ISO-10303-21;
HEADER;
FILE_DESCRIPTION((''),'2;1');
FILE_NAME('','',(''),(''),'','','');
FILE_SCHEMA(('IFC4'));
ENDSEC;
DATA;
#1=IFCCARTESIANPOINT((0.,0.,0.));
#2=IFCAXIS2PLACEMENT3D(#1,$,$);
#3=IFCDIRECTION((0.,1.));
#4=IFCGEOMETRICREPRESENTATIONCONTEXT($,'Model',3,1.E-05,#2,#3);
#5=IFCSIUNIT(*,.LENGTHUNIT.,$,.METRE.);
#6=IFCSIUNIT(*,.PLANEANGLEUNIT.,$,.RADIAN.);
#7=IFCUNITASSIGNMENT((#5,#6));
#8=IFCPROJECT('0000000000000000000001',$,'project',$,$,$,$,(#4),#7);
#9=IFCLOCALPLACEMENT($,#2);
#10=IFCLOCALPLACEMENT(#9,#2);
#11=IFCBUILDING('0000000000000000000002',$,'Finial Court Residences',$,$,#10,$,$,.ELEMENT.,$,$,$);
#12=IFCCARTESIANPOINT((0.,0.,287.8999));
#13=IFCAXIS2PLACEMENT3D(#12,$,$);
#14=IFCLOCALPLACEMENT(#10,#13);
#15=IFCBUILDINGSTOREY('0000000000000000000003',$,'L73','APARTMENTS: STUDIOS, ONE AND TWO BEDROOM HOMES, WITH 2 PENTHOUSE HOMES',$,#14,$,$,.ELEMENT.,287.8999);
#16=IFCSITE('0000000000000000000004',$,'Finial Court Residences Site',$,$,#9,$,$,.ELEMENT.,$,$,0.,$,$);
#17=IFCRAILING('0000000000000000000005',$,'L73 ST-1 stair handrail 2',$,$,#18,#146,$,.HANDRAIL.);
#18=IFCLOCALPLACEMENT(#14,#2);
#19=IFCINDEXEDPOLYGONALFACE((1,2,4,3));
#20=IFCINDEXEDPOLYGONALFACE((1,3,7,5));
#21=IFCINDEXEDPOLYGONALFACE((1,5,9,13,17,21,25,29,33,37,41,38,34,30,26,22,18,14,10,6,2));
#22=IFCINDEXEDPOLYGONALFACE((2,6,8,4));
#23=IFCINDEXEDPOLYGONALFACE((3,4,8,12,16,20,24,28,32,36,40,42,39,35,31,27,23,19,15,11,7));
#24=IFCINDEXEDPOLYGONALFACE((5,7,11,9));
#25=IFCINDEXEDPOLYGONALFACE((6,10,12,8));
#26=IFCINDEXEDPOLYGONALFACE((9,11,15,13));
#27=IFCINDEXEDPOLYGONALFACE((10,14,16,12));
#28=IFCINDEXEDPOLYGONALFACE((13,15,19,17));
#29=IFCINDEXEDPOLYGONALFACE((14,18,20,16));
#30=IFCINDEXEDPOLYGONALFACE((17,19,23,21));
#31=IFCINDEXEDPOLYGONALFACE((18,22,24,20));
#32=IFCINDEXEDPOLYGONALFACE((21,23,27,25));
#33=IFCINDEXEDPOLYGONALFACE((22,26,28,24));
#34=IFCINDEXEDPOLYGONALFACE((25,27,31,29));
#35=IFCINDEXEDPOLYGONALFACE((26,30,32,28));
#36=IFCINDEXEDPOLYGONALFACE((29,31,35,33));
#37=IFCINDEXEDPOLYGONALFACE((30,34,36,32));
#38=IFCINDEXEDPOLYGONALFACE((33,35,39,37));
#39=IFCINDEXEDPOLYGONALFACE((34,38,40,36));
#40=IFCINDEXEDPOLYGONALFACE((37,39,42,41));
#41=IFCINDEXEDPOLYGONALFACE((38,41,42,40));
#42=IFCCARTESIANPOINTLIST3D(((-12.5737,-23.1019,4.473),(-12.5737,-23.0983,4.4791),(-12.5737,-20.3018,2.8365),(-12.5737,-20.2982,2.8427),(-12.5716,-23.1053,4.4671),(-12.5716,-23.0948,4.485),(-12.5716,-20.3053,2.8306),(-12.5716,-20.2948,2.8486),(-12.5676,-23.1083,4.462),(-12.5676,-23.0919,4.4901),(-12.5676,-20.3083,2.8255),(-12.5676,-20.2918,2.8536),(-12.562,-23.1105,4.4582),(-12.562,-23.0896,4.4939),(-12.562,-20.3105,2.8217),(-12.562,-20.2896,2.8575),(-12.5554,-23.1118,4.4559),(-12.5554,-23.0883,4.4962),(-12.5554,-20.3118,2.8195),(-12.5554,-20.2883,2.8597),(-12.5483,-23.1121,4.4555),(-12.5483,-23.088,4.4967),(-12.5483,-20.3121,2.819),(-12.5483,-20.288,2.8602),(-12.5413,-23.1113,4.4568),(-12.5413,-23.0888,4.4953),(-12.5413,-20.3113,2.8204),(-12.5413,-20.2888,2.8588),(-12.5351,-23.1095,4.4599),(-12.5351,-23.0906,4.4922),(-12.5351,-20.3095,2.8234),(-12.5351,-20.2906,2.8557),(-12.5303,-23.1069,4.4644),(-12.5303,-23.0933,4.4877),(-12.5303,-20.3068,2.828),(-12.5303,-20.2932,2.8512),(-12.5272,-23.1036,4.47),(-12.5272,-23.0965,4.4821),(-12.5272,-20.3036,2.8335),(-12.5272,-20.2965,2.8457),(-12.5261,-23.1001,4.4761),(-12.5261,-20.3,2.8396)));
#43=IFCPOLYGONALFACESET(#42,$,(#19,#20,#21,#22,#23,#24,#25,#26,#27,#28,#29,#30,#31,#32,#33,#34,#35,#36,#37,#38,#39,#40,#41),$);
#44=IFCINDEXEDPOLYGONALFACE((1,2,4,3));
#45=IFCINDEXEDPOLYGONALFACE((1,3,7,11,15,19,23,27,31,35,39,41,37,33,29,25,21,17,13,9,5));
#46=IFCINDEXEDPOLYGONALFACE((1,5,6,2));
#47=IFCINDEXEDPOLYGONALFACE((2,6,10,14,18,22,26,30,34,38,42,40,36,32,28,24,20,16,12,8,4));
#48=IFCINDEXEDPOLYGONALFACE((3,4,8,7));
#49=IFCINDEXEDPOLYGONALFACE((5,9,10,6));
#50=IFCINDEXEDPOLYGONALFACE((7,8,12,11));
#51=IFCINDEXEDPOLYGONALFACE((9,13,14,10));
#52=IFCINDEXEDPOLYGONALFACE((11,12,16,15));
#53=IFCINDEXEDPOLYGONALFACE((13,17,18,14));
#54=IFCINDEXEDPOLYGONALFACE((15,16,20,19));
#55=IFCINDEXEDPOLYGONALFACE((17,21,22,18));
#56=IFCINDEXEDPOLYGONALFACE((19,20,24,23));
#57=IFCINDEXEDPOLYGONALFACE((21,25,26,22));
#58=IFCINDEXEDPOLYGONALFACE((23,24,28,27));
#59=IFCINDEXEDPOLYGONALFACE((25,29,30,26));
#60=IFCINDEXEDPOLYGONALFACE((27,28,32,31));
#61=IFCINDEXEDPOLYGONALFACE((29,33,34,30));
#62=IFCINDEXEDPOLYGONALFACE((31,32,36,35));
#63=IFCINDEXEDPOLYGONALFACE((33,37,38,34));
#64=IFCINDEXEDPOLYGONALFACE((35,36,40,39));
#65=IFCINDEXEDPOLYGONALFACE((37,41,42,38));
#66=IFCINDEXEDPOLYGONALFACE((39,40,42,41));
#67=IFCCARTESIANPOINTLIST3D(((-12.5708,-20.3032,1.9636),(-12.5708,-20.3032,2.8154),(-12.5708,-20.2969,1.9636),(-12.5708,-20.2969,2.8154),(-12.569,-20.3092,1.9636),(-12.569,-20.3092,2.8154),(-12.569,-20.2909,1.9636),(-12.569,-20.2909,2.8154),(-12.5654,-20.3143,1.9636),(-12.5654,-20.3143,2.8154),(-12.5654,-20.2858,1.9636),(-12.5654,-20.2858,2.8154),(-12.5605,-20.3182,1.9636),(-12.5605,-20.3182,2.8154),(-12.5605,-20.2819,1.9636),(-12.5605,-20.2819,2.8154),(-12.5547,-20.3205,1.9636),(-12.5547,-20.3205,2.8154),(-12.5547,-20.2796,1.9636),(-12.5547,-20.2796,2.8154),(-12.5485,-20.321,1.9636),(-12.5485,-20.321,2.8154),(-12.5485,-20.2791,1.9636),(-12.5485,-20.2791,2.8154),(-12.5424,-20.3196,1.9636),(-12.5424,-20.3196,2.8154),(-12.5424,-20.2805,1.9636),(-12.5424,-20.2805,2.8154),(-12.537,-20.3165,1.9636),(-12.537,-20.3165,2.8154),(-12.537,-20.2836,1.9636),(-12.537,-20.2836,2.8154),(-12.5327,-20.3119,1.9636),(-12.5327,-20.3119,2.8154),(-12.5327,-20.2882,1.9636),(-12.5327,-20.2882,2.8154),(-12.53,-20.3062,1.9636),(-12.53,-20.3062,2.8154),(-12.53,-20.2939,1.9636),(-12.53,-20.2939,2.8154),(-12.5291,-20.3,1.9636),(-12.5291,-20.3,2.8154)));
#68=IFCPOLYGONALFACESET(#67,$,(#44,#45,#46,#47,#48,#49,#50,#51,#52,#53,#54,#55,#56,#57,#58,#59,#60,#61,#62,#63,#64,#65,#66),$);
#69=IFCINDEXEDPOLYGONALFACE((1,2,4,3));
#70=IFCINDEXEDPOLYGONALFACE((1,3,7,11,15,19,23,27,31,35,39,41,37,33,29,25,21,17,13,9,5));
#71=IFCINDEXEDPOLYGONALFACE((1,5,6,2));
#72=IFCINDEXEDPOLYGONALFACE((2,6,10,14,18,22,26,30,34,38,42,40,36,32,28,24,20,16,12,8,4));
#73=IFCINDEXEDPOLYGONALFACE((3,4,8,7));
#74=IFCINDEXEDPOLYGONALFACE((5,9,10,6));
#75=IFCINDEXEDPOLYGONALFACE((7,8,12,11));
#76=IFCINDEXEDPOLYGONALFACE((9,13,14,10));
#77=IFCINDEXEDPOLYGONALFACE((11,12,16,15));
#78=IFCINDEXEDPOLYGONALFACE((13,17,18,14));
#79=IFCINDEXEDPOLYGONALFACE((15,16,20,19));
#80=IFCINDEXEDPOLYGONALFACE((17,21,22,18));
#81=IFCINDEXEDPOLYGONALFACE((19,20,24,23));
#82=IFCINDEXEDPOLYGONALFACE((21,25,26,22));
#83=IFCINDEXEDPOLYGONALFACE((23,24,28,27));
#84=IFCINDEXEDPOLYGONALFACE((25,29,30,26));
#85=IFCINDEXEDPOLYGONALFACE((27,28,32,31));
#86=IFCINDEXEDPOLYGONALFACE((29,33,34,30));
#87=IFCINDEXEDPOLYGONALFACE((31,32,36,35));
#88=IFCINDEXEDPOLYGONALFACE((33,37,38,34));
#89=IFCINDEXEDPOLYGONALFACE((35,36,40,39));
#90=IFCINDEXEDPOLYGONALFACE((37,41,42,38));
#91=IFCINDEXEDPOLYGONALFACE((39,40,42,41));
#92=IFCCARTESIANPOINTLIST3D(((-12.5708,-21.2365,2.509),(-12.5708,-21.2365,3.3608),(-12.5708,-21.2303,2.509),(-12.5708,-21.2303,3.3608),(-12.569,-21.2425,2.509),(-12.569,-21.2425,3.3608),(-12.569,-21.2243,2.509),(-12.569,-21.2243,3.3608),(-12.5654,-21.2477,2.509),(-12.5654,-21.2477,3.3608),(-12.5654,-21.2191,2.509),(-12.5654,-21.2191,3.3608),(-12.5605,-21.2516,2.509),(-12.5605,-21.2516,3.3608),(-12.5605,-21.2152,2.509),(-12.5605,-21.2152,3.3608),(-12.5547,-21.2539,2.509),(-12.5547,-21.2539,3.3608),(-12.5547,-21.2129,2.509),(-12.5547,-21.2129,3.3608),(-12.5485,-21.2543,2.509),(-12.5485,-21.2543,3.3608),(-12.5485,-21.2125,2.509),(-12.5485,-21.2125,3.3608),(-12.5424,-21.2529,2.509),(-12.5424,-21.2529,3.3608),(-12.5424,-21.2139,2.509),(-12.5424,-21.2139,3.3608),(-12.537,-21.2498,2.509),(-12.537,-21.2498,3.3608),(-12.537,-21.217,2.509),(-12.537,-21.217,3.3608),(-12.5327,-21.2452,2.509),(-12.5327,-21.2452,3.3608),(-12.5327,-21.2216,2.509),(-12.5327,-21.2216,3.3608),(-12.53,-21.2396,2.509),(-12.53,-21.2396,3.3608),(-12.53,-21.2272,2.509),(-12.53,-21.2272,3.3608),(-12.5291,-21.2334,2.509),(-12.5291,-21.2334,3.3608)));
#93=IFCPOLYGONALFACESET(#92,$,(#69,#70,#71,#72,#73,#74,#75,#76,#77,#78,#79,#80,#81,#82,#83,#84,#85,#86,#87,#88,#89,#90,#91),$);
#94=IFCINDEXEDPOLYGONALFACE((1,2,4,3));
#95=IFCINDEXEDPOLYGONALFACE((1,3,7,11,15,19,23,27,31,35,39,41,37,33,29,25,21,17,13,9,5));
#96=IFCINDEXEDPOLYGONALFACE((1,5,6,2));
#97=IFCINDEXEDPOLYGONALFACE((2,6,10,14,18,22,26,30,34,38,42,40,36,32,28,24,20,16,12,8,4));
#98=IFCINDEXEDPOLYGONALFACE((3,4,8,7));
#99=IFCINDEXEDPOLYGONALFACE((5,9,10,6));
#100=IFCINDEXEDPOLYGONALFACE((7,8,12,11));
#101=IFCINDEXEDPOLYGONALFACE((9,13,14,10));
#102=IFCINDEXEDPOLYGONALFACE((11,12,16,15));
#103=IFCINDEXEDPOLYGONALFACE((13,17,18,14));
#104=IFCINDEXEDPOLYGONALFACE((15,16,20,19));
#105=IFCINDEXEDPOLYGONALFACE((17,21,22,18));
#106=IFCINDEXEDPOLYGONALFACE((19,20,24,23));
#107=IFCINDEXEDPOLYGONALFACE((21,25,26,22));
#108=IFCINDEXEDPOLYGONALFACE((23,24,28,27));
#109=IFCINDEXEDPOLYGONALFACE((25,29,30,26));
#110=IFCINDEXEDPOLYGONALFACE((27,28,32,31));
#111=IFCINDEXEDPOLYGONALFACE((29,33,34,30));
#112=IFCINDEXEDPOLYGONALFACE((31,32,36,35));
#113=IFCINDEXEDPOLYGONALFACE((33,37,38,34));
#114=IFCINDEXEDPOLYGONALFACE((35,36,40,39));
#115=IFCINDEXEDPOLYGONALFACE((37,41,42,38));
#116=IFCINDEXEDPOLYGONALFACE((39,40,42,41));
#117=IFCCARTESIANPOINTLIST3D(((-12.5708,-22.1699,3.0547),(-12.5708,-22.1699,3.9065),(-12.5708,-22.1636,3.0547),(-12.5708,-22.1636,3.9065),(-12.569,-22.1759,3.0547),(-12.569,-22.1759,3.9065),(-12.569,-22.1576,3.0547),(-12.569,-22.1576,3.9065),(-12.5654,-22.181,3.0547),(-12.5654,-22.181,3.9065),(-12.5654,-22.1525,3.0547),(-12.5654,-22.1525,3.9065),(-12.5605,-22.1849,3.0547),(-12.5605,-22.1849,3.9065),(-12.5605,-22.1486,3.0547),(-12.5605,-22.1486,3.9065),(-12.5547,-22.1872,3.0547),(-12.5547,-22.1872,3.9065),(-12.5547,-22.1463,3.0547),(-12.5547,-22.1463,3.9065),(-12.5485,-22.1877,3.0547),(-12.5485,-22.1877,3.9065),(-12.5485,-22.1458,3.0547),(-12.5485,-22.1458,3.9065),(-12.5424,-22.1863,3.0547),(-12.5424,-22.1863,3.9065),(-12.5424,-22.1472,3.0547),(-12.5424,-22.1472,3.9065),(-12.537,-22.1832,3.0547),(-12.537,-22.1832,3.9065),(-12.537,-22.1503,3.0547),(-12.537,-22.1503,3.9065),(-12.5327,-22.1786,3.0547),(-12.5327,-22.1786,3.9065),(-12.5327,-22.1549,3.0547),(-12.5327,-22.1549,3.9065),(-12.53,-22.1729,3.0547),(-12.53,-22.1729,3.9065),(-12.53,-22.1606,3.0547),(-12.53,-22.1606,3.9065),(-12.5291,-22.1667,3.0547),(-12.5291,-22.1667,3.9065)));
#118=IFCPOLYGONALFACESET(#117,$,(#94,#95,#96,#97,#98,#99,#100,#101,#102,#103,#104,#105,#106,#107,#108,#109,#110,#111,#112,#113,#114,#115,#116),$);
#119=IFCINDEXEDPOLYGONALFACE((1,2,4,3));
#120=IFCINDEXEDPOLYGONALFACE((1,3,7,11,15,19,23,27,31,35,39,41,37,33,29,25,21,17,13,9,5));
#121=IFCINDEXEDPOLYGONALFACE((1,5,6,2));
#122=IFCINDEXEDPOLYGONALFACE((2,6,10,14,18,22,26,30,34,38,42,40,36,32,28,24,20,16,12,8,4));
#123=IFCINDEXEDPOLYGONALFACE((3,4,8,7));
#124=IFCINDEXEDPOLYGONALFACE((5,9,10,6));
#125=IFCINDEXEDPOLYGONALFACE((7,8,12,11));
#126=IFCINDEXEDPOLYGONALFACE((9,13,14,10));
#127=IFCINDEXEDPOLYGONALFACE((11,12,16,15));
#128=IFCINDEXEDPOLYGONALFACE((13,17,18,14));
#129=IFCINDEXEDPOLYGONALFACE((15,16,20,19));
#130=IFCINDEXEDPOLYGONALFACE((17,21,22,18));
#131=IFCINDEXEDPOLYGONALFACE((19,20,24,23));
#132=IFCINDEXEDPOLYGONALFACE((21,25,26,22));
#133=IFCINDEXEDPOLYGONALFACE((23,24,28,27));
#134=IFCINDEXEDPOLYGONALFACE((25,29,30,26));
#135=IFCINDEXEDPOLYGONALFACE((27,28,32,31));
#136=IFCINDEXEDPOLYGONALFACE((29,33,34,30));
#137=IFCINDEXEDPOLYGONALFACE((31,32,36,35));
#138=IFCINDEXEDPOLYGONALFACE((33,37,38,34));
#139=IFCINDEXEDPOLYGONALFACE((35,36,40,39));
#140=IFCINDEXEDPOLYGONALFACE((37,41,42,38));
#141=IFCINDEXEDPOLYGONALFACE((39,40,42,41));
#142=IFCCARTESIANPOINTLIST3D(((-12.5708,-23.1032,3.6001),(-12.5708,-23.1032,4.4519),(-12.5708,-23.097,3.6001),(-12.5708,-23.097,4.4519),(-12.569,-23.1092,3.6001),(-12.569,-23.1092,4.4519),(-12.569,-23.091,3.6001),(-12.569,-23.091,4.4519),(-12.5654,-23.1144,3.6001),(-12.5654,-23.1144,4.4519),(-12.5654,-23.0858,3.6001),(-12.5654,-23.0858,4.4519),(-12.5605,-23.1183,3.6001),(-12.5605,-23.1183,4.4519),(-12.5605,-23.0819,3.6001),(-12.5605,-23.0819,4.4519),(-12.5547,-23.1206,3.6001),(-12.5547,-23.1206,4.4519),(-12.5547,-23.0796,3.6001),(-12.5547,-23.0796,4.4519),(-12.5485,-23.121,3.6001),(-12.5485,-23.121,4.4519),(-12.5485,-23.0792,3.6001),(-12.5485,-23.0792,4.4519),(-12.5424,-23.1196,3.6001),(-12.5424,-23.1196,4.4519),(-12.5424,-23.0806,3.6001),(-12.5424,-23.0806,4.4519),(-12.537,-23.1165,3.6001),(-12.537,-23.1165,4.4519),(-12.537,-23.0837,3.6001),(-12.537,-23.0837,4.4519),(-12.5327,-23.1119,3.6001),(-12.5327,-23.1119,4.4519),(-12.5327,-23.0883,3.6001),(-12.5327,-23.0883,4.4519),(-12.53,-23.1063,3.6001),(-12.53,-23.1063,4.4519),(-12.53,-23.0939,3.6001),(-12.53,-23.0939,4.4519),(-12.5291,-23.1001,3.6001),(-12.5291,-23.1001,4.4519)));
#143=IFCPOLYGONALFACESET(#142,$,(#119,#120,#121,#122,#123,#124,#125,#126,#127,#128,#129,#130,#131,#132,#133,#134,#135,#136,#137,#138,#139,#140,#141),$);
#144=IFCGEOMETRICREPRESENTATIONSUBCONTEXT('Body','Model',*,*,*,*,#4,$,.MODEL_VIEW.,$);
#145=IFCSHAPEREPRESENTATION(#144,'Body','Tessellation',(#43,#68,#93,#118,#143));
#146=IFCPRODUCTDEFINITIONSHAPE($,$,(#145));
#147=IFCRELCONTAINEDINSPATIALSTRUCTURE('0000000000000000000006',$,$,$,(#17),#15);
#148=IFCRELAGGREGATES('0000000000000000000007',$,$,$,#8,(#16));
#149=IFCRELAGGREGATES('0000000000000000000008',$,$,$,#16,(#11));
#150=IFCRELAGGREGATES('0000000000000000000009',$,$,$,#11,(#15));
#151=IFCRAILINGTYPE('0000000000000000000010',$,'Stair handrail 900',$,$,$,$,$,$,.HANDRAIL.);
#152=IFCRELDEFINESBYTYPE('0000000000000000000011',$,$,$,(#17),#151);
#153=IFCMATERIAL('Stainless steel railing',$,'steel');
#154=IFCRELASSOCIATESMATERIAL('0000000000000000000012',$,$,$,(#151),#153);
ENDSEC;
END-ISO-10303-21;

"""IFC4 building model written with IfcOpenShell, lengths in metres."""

from ifc_helpers import new_model, si_unit, direction, frame, origin, origin_2d, place, context, subcontext, project, spatial, circle, extrude, material, type_object, element, save


model = new_model("IFC4")

# Units and contexts
model_context = context("Model", 3, precision=1e-05, world=origin(), true_north=direction((0.0, 1.0)))
body_context = subcontext(model_context, "Body", "Model", "MODEL_VIEW")
ifc_project = project(units=[si_unit("LENGTHUNIT", "METRE"), si_unit("PLANEANGLEUNIT", "RADIAN")], contexts=[model_context])

# Site, building, storey
site_placement = place(None, origin())
site = spatial("IfcSite", under=ifc_project, at=site_placement, Name="Finial Court Residences Site", CompositionType="ELEMENT", RefElevation=0.0)
building_placement = place(site_placement, origin())
building = spatial("IfcBuilding", under=site, at=building_placement, Name="Finial Court Residences", CompositionType="ELEMENT")
storey_placement = place(building_placement, frame((0.0, 0.0, 287.8999)))
storey = spatial("IfcBuildingStorey", under=building, at=storey_placement, Name="L73", Description="APARTMENTS: STUDIOS, ONE AND TWO BEDROOM HOMES, WITH 2 PENTHOUSE HOMES", CompositionType="ELEMENT", Elevation=287.8999)

# Railing
ifc_material_1 = material(Name="Stainless steel railing", Category="steel")
railing_type_1 = type_object("IfcRailingType", Name="Stair handrail 900", PredefinedType="HANDRAIL", material=ifc_material_1)
railing_1_placement = place(storey_placement, frame((-12.55, -20.3, 1.9636)))
element("IfcRailing", 1, at=railing_1_placement, inside=storey, type_object=railing_type_1, Name="L73 ST-1 stair handrail 2", PredefinedType="HANDRAIL", context=body_context, shape_type="SweptSolid", body=[
    extrude(circle(Radius=0.0239, at=origin_2d()), frame((0.0, 0.0, 0.876), z_axis=(0.0, -0.863361, 0.504587), x_axis=(1.0, 0.0, 0.0)), (0.0, 0.0, 1.0), 3.2432),
    extrude(circle(Radius=0.021, at=origin_2d()), origin(), (0.0, 0.0, 1.0), 0.8518),
    extrude(circle(Radius=0.021, at=origin_2d()), frame((0.0, -0.9333, 0.5454)), (0.0, 0.0, 1.0), 0.8518),
    extrude(circle(Radius=0.021, at=origin_2d()), frame((0.0, -1.8667, 1.0911)), (0.0, 0.0, 1.0), 0.8518),
    extrude(circle(Radius=0.021, at=origin_2d()), frame((0.0, -2.8, 1.6365)), (0.0, 0.0, 1.0), 0.8518),
])

save(model, "model.ifc")
